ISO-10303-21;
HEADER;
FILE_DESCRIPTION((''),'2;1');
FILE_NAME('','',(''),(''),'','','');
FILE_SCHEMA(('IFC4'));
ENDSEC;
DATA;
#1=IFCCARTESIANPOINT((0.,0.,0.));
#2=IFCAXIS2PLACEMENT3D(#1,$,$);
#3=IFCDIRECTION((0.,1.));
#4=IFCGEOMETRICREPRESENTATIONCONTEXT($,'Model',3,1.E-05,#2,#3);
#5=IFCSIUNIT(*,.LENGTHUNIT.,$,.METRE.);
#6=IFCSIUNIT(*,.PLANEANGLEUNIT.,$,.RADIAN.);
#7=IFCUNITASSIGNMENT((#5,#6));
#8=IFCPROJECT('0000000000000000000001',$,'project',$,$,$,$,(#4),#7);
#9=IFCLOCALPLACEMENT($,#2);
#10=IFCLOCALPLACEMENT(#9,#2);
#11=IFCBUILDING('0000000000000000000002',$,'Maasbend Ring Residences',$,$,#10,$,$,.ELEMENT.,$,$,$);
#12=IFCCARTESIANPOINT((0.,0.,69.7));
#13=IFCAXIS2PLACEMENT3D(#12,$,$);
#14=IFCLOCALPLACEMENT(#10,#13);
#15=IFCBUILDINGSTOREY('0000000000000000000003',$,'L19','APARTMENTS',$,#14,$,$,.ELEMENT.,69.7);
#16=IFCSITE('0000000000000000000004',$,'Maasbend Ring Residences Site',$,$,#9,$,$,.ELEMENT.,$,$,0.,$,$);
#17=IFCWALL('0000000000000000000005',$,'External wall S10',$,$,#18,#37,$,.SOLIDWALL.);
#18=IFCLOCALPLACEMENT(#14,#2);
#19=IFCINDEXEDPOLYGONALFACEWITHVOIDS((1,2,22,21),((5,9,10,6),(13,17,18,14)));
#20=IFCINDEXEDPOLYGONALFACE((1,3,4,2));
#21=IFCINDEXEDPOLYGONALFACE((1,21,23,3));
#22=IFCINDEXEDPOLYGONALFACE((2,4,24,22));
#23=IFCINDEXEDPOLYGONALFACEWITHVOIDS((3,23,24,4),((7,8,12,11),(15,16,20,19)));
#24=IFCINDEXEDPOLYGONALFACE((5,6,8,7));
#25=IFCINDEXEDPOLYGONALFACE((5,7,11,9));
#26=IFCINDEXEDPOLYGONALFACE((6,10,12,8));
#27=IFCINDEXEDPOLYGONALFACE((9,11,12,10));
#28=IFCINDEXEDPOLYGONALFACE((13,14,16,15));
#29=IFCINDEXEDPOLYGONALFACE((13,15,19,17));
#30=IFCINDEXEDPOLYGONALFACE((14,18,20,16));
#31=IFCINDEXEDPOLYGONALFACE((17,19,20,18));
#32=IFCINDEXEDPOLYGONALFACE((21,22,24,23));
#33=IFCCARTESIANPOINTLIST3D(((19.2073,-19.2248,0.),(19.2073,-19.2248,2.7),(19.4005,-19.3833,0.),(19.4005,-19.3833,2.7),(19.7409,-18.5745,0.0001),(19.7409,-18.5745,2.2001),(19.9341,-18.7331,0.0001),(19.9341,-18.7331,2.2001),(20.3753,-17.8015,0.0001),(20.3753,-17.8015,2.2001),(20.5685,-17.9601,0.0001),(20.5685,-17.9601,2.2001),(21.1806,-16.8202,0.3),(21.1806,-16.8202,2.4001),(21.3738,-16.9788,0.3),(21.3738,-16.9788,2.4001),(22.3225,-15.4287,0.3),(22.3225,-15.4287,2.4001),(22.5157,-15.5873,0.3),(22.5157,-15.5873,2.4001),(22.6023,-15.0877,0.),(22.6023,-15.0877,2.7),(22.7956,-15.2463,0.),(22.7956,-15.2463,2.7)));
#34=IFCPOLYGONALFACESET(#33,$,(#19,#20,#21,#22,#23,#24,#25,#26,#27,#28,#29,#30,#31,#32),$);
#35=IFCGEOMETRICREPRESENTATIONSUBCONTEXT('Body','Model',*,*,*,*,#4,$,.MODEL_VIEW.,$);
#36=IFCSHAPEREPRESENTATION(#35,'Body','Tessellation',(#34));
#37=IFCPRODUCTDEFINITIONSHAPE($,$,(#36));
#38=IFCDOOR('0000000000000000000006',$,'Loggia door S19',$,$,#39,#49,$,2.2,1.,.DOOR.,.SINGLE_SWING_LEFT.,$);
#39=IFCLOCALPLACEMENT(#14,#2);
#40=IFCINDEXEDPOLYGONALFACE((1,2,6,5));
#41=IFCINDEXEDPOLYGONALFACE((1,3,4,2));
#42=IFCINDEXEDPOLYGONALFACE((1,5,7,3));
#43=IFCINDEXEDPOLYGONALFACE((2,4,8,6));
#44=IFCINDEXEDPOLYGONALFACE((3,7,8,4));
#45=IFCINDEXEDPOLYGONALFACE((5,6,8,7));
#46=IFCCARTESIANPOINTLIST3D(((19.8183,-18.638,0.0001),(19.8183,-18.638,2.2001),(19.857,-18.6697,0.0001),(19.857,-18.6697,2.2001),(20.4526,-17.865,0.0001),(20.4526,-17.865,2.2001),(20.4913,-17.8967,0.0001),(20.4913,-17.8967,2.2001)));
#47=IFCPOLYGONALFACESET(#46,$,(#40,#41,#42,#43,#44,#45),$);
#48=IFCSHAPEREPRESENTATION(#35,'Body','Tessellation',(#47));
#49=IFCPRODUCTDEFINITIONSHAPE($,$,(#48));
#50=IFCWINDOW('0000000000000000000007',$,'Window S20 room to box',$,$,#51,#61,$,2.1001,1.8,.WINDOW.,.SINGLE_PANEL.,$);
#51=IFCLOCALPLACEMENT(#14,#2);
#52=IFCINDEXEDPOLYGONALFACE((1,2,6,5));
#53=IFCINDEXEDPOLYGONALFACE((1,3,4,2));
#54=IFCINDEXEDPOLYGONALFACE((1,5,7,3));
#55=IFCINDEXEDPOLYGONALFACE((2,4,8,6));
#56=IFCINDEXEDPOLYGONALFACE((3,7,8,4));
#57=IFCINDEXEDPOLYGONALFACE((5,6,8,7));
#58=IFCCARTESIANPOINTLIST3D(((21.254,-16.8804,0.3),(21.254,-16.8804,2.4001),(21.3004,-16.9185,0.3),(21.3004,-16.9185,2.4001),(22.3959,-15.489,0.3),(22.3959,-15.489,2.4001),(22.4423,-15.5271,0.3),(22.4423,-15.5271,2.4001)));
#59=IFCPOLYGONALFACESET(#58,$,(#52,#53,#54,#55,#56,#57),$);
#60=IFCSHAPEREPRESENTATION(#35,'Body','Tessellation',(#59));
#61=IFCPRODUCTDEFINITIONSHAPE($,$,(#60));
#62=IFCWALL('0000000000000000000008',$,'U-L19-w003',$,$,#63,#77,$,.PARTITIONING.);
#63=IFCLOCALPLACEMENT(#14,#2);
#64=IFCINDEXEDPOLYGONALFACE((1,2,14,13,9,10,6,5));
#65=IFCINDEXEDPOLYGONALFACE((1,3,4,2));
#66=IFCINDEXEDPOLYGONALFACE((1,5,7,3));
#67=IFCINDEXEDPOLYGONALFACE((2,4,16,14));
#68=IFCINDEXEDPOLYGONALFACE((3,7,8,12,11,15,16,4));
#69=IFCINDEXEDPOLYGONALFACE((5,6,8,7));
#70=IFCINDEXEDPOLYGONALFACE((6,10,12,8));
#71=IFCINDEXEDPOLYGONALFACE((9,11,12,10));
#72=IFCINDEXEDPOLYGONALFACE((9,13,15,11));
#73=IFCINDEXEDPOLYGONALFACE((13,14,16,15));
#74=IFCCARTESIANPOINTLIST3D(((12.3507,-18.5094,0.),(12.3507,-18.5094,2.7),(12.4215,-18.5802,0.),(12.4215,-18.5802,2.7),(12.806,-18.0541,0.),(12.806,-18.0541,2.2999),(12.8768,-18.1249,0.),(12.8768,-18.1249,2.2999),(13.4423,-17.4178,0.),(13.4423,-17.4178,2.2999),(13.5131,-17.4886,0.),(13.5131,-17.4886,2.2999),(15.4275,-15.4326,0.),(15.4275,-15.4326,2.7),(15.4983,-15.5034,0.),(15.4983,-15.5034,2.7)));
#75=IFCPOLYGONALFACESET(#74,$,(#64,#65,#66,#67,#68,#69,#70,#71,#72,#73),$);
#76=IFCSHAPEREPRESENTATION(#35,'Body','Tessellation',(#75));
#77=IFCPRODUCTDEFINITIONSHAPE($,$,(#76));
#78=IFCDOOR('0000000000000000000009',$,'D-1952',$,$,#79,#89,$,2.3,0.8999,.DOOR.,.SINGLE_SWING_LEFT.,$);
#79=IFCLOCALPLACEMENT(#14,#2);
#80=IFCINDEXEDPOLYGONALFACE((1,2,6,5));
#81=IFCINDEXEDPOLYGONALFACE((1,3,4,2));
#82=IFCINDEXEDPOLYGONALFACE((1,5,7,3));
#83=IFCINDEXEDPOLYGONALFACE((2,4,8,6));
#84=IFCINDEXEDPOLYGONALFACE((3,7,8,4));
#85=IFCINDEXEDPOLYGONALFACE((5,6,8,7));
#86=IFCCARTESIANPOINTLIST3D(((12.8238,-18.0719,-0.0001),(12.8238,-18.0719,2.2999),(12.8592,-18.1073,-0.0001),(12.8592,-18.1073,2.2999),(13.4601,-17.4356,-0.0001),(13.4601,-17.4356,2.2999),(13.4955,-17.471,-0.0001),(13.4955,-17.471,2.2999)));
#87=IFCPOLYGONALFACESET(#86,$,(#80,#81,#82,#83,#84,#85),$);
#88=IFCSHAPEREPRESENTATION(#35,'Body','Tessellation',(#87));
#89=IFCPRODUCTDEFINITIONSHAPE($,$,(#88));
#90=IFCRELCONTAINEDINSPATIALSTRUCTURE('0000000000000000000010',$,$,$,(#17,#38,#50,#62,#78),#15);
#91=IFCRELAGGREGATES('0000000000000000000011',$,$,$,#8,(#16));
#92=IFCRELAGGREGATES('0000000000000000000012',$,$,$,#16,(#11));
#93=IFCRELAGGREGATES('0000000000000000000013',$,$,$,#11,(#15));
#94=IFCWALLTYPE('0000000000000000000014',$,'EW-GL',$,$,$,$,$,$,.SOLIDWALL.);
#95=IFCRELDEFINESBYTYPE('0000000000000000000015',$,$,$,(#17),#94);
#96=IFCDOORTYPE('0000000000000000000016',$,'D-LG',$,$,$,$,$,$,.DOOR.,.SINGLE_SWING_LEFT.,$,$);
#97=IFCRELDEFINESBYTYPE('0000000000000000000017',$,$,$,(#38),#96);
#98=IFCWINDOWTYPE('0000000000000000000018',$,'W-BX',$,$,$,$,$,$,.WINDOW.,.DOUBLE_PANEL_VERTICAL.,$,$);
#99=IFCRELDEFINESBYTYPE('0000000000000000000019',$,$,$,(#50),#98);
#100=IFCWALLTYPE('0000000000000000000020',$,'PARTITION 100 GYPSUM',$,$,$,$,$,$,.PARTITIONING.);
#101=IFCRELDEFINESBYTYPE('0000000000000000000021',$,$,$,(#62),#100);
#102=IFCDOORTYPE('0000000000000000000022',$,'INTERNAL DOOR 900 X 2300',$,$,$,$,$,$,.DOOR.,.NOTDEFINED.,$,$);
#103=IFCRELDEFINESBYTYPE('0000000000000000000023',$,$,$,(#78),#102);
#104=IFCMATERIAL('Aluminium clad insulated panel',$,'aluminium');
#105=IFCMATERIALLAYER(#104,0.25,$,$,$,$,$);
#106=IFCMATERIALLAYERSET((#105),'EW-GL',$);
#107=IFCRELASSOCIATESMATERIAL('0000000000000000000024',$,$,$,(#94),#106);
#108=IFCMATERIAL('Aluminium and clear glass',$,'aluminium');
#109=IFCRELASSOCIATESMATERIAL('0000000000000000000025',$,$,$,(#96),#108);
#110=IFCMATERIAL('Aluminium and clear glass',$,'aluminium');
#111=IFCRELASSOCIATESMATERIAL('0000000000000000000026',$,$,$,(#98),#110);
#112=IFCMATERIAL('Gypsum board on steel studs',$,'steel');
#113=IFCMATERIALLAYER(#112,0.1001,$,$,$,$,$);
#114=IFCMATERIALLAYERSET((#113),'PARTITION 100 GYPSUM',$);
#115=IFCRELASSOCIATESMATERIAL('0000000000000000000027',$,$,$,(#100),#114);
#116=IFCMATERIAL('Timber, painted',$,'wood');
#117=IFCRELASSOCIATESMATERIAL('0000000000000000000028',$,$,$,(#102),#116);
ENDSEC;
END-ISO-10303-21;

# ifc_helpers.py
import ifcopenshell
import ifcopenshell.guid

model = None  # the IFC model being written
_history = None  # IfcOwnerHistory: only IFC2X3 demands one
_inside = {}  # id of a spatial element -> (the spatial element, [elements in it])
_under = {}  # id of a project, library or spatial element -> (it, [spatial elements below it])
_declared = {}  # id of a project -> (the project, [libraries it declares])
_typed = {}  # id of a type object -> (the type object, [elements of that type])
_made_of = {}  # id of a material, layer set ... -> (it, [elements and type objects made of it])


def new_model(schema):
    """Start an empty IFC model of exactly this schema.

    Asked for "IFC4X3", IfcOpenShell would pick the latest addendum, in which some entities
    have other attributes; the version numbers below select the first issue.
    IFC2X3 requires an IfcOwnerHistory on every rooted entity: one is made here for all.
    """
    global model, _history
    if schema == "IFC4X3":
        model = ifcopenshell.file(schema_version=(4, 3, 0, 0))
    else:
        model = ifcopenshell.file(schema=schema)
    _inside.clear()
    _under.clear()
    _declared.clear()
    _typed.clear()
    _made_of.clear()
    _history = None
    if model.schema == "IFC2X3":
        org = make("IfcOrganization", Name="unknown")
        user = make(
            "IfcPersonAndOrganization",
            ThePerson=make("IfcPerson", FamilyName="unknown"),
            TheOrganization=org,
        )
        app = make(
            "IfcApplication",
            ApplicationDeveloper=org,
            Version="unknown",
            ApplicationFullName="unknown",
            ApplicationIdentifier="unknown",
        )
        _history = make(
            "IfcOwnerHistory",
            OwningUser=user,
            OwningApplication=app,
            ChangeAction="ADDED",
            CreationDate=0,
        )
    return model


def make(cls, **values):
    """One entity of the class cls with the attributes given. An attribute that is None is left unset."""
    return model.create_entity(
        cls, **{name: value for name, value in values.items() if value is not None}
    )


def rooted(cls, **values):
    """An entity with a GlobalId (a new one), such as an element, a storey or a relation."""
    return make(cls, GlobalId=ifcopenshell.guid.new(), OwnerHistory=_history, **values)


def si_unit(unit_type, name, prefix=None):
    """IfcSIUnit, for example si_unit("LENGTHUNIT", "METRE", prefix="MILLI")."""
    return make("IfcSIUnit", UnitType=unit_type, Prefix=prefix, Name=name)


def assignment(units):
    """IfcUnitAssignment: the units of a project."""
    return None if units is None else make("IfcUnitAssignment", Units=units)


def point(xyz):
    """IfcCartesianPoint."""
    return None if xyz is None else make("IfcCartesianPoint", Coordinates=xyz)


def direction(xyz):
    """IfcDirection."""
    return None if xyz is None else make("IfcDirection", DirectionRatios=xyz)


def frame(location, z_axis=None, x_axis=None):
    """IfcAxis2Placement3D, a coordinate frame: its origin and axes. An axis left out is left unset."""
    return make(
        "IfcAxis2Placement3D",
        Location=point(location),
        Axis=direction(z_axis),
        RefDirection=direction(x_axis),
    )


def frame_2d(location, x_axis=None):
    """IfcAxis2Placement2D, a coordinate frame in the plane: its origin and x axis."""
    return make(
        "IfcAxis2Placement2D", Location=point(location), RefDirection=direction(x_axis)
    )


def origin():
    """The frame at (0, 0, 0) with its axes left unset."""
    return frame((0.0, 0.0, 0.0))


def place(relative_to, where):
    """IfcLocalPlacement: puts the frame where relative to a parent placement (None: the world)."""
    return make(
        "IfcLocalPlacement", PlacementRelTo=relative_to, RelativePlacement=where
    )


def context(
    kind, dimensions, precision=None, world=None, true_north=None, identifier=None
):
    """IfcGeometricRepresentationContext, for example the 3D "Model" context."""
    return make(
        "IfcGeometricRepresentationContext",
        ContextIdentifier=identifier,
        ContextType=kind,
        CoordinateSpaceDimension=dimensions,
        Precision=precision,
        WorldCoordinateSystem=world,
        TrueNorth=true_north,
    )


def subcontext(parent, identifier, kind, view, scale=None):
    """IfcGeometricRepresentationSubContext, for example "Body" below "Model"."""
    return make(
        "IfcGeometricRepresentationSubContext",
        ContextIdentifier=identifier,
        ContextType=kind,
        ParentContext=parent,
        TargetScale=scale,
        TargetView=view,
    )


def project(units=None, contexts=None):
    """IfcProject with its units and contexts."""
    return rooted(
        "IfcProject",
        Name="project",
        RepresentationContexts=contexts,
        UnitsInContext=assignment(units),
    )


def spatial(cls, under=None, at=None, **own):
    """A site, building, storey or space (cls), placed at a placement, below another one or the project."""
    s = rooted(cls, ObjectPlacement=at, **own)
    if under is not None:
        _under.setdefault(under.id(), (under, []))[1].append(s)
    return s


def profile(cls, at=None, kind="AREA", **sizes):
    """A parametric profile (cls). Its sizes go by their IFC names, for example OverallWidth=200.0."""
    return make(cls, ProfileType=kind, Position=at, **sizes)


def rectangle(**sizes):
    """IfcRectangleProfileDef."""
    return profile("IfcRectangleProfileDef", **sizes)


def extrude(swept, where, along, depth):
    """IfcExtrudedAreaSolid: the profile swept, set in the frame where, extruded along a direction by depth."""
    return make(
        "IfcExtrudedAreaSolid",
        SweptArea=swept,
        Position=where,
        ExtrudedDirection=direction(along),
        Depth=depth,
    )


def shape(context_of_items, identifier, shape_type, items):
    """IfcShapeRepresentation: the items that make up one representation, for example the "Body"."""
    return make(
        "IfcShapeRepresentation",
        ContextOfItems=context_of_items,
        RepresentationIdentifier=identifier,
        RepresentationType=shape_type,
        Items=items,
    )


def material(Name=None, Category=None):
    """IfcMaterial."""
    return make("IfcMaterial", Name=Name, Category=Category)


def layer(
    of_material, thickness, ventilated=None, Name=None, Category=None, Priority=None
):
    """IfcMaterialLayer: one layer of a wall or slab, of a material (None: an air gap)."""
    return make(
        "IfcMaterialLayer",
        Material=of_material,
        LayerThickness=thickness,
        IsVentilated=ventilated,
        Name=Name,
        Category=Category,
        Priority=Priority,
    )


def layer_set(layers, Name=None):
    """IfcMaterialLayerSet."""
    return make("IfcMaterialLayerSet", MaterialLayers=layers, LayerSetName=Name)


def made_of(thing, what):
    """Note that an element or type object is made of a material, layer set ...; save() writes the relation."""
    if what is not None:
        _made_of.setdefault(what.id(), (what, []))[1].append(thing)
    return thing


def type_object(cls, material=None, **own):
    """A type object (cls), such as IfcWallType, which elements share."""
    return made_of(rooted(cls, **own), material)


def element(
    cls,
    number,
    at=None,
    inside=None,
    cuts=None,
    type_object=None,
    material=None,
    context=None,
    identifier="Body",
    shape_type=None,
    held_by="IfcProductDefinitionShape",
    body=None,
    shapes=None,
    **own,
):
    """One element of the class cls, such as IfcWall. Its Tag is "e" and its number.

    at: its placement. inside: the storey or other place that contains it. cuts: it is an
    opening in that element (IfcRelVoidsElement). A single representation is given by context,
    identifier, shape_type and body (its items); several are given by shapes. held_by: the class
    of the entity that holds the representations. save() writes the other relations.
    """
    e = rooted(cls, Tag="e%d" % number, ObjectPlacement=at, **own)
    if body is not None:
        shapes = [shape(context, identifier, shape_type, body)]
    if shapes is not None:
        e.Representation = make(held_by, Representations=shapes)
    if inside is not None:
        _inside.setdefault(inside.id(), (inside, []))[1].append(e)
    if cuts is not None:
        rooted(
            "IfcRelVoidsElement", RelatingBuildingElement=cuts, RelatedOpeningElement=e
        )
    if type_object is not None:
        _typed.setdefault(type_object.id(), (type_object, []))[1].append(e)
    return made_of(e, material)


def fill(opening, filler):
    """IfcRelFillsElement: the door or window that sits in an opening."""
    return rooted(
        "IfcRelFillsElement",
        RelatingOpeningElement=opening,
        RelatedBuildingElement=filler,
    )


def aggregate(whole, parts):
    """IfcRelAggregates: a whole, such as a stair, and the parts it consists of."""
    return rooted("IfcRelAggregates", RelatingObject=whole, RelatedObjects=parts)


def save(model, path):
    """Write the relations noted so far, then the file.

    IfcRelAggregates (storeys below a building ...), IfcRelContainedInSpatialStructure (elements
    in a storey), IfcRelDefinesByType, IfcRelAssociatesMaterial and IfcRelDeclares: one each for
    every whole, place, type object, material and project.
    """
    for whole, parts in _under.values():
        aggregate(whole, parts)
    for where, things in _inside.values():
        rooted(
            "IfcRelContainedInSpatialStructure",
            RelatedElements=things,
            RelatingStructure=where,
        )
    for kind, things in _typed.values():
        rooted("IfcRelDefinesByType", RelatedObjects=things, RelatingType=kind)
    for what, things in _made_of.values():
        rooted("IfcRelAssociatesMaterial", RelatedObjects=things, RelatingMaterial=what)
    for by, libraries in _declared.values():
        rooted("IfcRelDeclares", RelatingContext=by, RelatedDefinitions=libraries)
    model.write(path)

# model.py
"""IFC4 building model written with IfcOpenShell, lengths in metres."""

from ifc_helpers import new_model, si_unit, direction, frame, frame_2d, origin, place, context, subcontext, project, spatial, rectangle, extrude, material, layer, layer_set, type_object, element, fill, save


model = new_model("IFC4")

# Units and contexts
model_context = context("Model", 3, precision=1e-05, world=origin(), true_north=direction((0.0, 1.0)))
body_context = subcontext(model_context, "Body", "Model", "MODEL_VIEW")
ifc_project = project(units=[si_unit("LENGTHUNIT", "METRE"), si_unit("PLANEANGLEUNIT", "RADIAN")], contexts=[model_context])

# Site, building, storey
site_placement = place(None, origin())
site = spatial("IfcSite", under=ifc_project, at=site_placement, Name="Maasbend Ring Residences Site", CompositionType="ELEMENT", RefElevation=0.0)
building_placement = place(site_placement, origin())
building = spatial("IfcBuilding", under=site, at=building_placement, Name="Maasbend Ring Residences", CompositionType="ELEMENT")
storey_placement = place(building_placement, frame((0.0, 0.0, 69.7)))
storey = spatial("IfcBuildingStorey", under=building, at=storey_placement, Name="L19", Description="APARTMENTS", CompositionType="ELEMENT", Elevation=69.7)

# Wall, openings, door, window
ifc_material_1 = material(Name="Aluminium clad insulated panel", Category="aluminium")
ifc_layer_1 = layer(ifc_material_1, 0.25)
ifc_layer_set_1 = layer_set([ifc_layer_1], Name="EW-GL")
wall_type_1 = type_object("IfcWallType", Name="EW-GL", PredefinedType="SOLIDWALL", material=ifc_layer_set_1)
ifc_material_2 = material(Name="Aluminium and clear glass", Category="aluminium")
door_type_1 = type_object("IfcDoorType", Name="D-LG", OperationType="SINGLE_SWING_LEFT", PredefinedType="DOOR", material=ifc_material_2)
ifc_material_3 = material(Name="Aluminium and clear glass", Category="aluminium")
window_type_1 = type_object("IfcWindowType", Name="W-BX", PartitioningType="DOUBLE_PANEL_VERTICAL", PredefinedType="WINDOW", material=ifc_material_3)
wall_1_placement = place(storey_placement, frame((19.304, -19.304, 0.0), z_axis=(0.0, 0.0, 1.0), x_axis=(0.634382, 0.773019, 0.0)))
wall_1 = element("IfcWall", 1, at=wall_1_placement, inside=storey, type_object=wall_type_1, Name="External wall S10", PredefinedType="SOLIDWALL", context=body_context, shape_type="SweptSolid", body=[
    extrude(rectangle(XDim=5.3518, YDim=0.25, at=frame_2d((2.6758, 0.0))), origin(), (0.0, 0.0, 1.0), 2.7),
])
opening_1_placement = place(wall_1_placement, frame((0.8411, 0.0, 0.0)))
opening_1 = element("IfcOpeningElement", 2, at=opening_1_placement, cuts=wall_1, PredefinedType="OPENING", context=body_context, shape_type="SweptSolid", body=[
    extrude(rectangle(XDim=1.0, YDim=2.2, at=frame_2d((0.5, 1.1001))), frame((0.0, 0.135, 0.0), z_axis=(0.0, -1.0, 0.0), x_axis=(1.0, 0.0, 0.0)), (0.0, 0.0, 1.0), 0.27),
])
opening_2_placement = place(wall_1_placement, frame((3.1106, 0.0, 0.3)))
opening_2 = element("IfcOpeningElement", 3, at=opening_2_placement, cuts=wall_1, PredefinedType="OPENING", context=body_context, shape_type="SweptSolid", body=[
    extrude(rectangle(XDim=1.8, YDim=2.1001, at=frame_2d((0.8999, 1.05))), frame((0.0, 0.135, 0.0), z_axis=(0.0, -1.0, 0.0), x_axis=(1.0, 0.0, 0.0)), (0.0, 0.0, 1.0), 0.27),
])
door_1_placement = place(opening_1_placement, origin())
door_1 = element("IfcDoor", 4, at=door_1_placement, inside=storey, type_object=door_type_1, Name="Loggia door S19", OperationType="SINGLE_SWING_LEFT", OverallHeight=2.2, OverallWidth=1.0, PredefinedType="DOOR", context=body_context, shape_type="SweptSolid", body=[
    extrude(rectangle(XDim=1.0, YDim=2.2, at=frame_2d((0.5, 1.1001))), frame((0.0, 0.0249, 0.0), z_axis=(0.0, -1.0, 0.0), x_axis=(1.0, 0.0, 0.0)), (0.0, 0.0, 1.0), 0.05),
])
fill(opening_1, door_1)
window_1_placement = place(opening_2_placement, origin())
window_1 = element("IfcWindow", 5, at=window_1_placement, inside=storey, type_object=window_type_1, Name="Window S20 room to box", OverallHeight=2.1001, OverallWidth=1.8, PartitioningType="SINGLE_PANEL", PredefinedType="WINDOW", context=body_context, shape_type="SweptSolid", body=[
    extrude(rectangle(XDim=1.8, YDim=2.1001, at=frame_2d((0.8999, 1.05))), frame((0.0, 0.03, 0.0), z_axis=(0.0, -1.0, 0.0), x_axis=(1.0, 0.0, 0.0)), (0.0, 0.0, 1.0), 0.0601),
])
fill(opening_2, window_1)

# Wall, opening, door
ifc_material_4 = material(Name="Gypsum board on steel studs", Category="steel")
ifc_layer_2 = layer(ifc_material_4, 0.1001)
ifc_layer_set_2 = layer_set([ifc_layer_2], Name="PARTITION 100 GYPSUM")
wall_type_2 = type_object("IfcWallType", Name="PARTITION 100 GYPSUM", PredefinedType="PARTITIONING", material=ifc_layer_set_2)
wall_2_placement = place(storey_placement, frame((12.386, -18.5449, 0.0), z_axis=(0.0, 0.0, 1.0), x_axis=(0.707107, 0.707107, 0.0)))
wall_2 = element("IfcWall", 6, at=wall_2_placement, inside=storey, type_object=wall_type_2, Name="U-L19-w003", PredefinedType="PARTITIONING", context=body_context, shape_type="SweptSolid", body=[
    extrude(rectangle(XDim=4.3513, YDim=0.1001, at=frame_2d((2.1758, 0.0))), origin(), (0.0, 0.0, 1.0), 2.7),
])
opening_3_placement = place(wall_2_placement, frame((0.644, 0.0, 0.0)))
opening_3 = element("IfcOpeningElement", 7, at=opening_3_placement, cuts=wall_2, PredefinedType="OPENING", context=body_context, shape_type="SweptSolid", body=[
    extrude(rectangle(XDim=0.8999, YDim=2.3, at=frame_2d((0.45, 1.1499))), frame((0.0, 0.0601, 0.0), z_axis=(0.0, -1.0, 0.0), x_axis=(1.0, 0.0, 0.0)), (0.0, 0.0, 1.0), 0.1201),
])
ifc_material_5 = material(Name="Timber, painted", Category="wood")
door_type_2 = type_object("IfcDoorType", Name="INTERNAL DOOR 900 X 2300", OperationType="NOTDEFINED", PredefinedType="DOOR", material=ifc_material_5)
door_2_placement = place(opening_3_placement, origin())
door_2 = element("IfcDoor", 8, at=door_2_placement, inside=storey, type_object=door_type_2, Name="D-1952", OperationType="SINGLE_SWING_LEFT", OverallHeight=2.3, OverallWidth=0.8999, PredefinedType="DOOR", context=body_context, shape_type="SweptSolid", body=[
    extrude(rectangle(XDim=0.8999, YDim=2.3, at=frame_2d((0.45, 1.1499))), frame((0.0, 0.0249, 0.0), z_axis=(0.0, -1.0, 0.0), x_axis=(1.0, 0.0, 0.0)), (0.0, 0.0, 1.0), 0.05),
])
fill(opening_3, door_2)

save(model, "model.ifc")
